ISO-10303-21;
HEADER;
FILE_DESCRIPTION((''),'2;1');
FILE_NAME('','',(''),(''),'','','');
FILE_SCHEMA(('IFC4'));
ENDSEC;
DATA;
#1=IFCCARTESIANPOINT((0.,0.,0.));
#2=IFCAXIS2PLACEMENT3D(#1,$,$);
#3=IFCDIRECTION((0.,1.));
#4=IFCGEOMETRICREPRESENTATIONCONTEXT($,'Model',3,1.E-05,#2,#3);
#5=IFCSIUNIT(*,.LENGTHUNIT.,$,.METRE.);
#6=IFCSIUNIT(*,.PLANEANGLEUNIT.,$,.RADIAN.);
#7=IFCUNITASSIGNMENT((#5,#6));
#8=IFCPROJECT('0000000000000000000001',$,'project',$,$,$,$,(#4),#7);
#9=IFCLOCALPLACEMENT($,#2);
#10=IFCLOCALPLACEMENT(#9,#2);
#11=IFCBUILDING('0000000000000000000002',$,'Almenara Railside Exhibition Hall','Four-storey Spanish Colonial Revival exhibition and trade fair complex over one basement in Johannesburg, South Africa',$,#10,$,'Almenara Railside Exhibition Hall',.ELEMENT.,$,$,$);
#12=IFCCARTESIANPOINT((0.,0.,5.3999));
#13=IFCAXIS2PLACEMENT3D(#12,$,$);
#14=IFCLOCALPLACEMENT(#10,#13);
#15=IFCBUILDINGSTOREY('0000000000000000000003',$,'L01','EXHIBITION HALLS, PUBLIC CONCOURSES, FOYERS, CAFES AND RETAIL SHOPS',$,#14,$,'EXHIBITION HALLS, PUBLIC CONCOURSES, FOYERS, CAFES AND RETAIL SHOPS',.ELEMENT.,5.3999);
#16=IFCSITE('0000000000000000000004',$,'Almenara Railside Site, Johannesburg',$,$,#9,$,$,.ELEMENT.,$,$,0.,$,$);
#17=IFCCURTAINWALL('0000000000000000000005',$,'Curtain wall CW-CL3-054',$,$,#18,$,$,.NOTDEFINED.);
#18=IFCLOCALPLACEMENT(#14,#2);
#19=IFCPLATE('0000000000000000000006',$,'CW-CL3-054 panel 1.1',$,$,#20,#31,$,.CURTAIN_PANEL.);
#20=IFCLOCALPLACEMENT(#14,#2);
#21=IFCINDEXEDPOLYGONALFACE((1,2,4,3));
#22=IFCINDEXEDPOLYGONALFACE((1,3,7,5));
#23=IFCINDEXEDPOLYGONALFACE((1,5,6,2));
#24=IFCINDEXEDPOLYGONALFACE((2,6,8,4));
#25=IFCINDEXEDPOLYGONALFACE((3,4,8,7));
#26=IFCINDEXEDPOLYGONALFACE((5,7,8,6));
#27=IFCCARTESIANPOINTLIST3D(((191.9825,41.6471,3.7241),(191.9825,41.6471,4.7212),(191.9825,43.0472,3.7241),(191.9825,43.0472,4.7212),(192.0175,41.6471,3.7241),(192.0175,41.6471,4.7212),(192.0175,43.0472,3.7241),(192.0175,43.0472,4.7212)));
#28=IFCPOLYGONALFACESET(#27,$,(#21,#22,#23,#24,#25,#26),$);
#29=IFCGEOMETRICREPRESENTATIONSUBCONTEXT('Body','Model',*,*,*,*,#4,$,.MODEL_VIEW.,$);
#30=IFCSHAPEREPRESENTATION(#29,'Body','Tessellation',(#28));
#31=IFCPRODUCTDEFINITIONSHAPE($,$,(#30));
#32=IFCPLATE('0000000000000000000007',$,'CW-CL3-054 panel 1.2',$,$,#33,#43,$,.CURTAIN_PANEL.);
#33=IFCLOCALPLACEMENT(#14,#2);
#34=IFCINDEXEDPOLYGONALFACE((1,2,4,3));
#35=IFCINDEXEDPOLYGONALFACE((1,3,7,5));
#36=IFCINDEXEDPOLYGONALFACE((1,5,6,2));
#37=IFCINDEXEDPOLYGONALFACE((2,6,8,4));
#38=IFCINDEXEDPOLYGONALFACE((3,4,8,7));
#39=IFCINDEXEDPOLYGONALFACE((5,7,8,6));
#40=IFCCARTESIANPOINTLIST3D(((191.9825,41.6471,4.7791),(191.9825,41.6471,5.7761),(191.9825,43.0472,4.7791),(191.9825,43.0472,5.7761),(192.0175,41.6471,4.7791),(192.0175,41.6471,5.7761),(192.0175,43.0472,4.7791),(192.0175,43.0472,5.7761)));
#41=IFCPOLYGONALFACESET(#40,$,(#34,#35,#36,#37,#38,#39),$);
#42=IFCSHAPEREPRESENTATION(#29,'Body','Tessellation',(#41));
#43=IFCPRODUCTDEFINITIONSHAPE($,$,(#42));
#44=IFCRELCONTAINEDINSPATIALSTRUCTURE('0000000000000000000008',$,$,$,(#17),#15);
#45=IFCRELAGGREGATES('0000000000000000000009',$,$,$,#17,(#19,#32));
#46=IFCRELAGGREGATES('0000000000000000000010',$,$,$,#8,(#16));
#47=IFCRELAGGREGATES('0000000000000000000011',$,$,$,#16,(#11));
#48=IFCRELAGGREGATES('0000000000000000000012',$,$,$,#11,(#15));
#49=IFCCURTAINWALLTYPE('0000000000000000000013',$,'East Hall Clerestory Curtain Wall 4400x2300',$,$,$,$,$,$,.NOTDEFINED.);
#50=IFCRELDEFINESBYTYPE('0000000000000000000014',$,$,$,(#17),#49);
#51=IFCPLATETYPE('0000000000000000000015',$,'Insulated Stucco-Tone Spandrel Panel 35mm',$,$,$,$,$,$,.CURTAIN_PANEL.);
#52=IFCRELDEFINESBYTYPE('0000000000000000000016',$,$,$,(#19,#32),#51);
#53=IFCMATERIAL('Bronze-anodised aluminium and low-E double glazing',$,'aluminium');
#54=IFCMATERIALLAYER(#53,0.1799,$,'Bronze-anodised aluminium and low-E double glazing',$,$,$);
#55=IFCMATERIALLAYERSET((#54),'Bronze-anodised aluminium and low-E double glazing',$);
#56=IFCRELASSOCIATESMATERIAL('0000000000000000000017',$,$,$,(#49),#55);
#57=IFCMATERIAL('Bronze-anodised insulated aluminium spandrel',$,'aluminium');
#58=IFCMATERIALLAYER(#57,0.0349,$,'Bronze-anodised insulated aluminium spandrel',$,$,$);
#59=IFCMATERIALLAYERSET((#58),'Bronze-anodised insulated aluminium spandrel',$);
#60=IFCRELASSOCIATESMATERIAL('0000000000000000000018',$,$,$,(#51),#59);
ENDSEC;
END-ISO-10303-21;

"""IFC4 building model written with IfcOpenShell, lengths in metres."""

from ifc_helpers import new_model, si_unit, direction, frame, origin, origin_2d, place, context, subcontext, project, spatial, rectangle, extrude, material, layer, layer_set, type_object, element, aggregate, save


model = new_model("IFC4")

# Units and contexts
model_context = context("Model", 3, precision=1e-05, world=origin(), true_north=direction((0.0, 1.0)))
body_context = subcontext(model_context, "Body", "Model", "MODEL_VIEW")
ifc_project = project(units=[si_unit("LENGTHUNIT", "METRE"), si_unit("PLANEANGLEUNIT", "RADIAN")], contexts=[model_context])

# Site, building, storey
site_placement = place(None, origin())
site = spatial("IfcSite", under=ifc_project, at=site_placement, Name="Almenara Railside Site, Johannesburg", CompositionType="ELEMENT", RefElevation=0.0)
building_placement = place(site_placement, origin())
building = spatial("IfcBuilding", under=site, at=building_placement, Name="Almenara Railside Exhibition Hall", Description="Four-storey Spanish Colonial Revival exhibition and trade fair complex over one basement in Johannesburg, South Africa", LongName="Almenara Railside Exhibition Hall", CompositionType="ELEMENT")
storey_placement = place(building_placement, frame((0.0, 0.0, 5.3999)))
storey = spatial("IfcBuildingStorey", under=building, at=storey_placement, Name="L01", Description="EXHIBITION HALLS, PUBLIC CONCOURSES, FOYERS, CAFES AND RETAIL SHOPS", LongName="EXHIBITION HALLS, PUBLIC CONCOURSES, FOYERS, CAFES AND RETAIL SHOPS", CompositionType="ELEMENT", Elevation=5.3999)

# Curtain wall
ifc_material_1 = material(Name="Bronze-anodised aluminium and low-E double glazing", Category="aluminium")
ifc_layer_1 = layer(ifc_material_1, 0.1799, Name="Bronze-anodised aluminium and low-E double glazing")
ifc_layer_set_1 = layer_set([ifc_layer_1], Name="Bronze-anodised aluminium and low-E double glazing")
curtain_wall_type = type_object("IfcCurtainWallType", Name="East Hall Clerestory Curtain Wall 4400x2300", PredefinedType="NOTDEFINED", material=ifc_layer_set_1)
curtain_wall_1_placement = place(storey_placement, origin())
curtain_wall_1 = element("IfcCurtainWall", 1, at=curtain_wall_1_placement, inside=storey, type_object=curtain_wall_type, Name="Curtain wall CW-CL3-054", PredefinedType="NOTDEFINED")

# Plates
ifc_material_2 = material(Name="Bronze-anodised insulated aluminium spandrel", Category="aluminium")
ifc_layer_2 = layer(ifc_material_2, 0.0349, Name="Bronze-anodised insulated aluminium spandrel")
ifc_layer_set_2 = layer_set([ifc_layer_2], Name="Bronze-anodised insulated aluminium spandrel")
plate_type_1 = type_object("IfcPlateType", Name="Insulated Stucco-Tone Spandrel Panel 35mm", PredefinedType="CURTAIN_PANEL", material=ifc_layer_set_2)
plate_1_placement = place(storey_placement, frame((192.0, 42.3472, 3.7241), z_axis=(0.0, 0.0, 1.0), x_axis=(0.0, 1.0, 0.0)))
plate_1 = element("IfcPlate", 2, at=plate_1_placement, type_object=plate_type_1, Name="CW-CL3-054 panel 1.1", PredefinedType="CURTAIN_PANEL", context=body_context, shape_type="SweptSolid", body=[
    extrude(rectangle(XDim=1.4001, YDim=0.0349, at=origin_2d()), origin(), (0.0, 0.0, 1.0), 0.9971),
])
plate_2_placement = place(storey_placement, frame((192.0, 42.3472, 4.7791), z_axis=(0.0, 0.0, 1.0), x_axis=(0.0, 1.0, 0.0)))
plate_2 = element("IfcPlate", 3, at=plate_2_placement, type_object=plate_type_1, Name="CW-CL3-054 panel 1.2", PredefinedType="CURTAIN_PANEL", context=body_context, shape_type="SweptSolid", body=[
    extrude(rectangle(XDim=1.4001, YDim=0.0349, at=origin_2d()), origin(), (0.0, 0.0, 1.0), 0.9971),
])
aggregate(curtain_wall_1, [plate_1, plate_2])

save(model, "model.ifc")
